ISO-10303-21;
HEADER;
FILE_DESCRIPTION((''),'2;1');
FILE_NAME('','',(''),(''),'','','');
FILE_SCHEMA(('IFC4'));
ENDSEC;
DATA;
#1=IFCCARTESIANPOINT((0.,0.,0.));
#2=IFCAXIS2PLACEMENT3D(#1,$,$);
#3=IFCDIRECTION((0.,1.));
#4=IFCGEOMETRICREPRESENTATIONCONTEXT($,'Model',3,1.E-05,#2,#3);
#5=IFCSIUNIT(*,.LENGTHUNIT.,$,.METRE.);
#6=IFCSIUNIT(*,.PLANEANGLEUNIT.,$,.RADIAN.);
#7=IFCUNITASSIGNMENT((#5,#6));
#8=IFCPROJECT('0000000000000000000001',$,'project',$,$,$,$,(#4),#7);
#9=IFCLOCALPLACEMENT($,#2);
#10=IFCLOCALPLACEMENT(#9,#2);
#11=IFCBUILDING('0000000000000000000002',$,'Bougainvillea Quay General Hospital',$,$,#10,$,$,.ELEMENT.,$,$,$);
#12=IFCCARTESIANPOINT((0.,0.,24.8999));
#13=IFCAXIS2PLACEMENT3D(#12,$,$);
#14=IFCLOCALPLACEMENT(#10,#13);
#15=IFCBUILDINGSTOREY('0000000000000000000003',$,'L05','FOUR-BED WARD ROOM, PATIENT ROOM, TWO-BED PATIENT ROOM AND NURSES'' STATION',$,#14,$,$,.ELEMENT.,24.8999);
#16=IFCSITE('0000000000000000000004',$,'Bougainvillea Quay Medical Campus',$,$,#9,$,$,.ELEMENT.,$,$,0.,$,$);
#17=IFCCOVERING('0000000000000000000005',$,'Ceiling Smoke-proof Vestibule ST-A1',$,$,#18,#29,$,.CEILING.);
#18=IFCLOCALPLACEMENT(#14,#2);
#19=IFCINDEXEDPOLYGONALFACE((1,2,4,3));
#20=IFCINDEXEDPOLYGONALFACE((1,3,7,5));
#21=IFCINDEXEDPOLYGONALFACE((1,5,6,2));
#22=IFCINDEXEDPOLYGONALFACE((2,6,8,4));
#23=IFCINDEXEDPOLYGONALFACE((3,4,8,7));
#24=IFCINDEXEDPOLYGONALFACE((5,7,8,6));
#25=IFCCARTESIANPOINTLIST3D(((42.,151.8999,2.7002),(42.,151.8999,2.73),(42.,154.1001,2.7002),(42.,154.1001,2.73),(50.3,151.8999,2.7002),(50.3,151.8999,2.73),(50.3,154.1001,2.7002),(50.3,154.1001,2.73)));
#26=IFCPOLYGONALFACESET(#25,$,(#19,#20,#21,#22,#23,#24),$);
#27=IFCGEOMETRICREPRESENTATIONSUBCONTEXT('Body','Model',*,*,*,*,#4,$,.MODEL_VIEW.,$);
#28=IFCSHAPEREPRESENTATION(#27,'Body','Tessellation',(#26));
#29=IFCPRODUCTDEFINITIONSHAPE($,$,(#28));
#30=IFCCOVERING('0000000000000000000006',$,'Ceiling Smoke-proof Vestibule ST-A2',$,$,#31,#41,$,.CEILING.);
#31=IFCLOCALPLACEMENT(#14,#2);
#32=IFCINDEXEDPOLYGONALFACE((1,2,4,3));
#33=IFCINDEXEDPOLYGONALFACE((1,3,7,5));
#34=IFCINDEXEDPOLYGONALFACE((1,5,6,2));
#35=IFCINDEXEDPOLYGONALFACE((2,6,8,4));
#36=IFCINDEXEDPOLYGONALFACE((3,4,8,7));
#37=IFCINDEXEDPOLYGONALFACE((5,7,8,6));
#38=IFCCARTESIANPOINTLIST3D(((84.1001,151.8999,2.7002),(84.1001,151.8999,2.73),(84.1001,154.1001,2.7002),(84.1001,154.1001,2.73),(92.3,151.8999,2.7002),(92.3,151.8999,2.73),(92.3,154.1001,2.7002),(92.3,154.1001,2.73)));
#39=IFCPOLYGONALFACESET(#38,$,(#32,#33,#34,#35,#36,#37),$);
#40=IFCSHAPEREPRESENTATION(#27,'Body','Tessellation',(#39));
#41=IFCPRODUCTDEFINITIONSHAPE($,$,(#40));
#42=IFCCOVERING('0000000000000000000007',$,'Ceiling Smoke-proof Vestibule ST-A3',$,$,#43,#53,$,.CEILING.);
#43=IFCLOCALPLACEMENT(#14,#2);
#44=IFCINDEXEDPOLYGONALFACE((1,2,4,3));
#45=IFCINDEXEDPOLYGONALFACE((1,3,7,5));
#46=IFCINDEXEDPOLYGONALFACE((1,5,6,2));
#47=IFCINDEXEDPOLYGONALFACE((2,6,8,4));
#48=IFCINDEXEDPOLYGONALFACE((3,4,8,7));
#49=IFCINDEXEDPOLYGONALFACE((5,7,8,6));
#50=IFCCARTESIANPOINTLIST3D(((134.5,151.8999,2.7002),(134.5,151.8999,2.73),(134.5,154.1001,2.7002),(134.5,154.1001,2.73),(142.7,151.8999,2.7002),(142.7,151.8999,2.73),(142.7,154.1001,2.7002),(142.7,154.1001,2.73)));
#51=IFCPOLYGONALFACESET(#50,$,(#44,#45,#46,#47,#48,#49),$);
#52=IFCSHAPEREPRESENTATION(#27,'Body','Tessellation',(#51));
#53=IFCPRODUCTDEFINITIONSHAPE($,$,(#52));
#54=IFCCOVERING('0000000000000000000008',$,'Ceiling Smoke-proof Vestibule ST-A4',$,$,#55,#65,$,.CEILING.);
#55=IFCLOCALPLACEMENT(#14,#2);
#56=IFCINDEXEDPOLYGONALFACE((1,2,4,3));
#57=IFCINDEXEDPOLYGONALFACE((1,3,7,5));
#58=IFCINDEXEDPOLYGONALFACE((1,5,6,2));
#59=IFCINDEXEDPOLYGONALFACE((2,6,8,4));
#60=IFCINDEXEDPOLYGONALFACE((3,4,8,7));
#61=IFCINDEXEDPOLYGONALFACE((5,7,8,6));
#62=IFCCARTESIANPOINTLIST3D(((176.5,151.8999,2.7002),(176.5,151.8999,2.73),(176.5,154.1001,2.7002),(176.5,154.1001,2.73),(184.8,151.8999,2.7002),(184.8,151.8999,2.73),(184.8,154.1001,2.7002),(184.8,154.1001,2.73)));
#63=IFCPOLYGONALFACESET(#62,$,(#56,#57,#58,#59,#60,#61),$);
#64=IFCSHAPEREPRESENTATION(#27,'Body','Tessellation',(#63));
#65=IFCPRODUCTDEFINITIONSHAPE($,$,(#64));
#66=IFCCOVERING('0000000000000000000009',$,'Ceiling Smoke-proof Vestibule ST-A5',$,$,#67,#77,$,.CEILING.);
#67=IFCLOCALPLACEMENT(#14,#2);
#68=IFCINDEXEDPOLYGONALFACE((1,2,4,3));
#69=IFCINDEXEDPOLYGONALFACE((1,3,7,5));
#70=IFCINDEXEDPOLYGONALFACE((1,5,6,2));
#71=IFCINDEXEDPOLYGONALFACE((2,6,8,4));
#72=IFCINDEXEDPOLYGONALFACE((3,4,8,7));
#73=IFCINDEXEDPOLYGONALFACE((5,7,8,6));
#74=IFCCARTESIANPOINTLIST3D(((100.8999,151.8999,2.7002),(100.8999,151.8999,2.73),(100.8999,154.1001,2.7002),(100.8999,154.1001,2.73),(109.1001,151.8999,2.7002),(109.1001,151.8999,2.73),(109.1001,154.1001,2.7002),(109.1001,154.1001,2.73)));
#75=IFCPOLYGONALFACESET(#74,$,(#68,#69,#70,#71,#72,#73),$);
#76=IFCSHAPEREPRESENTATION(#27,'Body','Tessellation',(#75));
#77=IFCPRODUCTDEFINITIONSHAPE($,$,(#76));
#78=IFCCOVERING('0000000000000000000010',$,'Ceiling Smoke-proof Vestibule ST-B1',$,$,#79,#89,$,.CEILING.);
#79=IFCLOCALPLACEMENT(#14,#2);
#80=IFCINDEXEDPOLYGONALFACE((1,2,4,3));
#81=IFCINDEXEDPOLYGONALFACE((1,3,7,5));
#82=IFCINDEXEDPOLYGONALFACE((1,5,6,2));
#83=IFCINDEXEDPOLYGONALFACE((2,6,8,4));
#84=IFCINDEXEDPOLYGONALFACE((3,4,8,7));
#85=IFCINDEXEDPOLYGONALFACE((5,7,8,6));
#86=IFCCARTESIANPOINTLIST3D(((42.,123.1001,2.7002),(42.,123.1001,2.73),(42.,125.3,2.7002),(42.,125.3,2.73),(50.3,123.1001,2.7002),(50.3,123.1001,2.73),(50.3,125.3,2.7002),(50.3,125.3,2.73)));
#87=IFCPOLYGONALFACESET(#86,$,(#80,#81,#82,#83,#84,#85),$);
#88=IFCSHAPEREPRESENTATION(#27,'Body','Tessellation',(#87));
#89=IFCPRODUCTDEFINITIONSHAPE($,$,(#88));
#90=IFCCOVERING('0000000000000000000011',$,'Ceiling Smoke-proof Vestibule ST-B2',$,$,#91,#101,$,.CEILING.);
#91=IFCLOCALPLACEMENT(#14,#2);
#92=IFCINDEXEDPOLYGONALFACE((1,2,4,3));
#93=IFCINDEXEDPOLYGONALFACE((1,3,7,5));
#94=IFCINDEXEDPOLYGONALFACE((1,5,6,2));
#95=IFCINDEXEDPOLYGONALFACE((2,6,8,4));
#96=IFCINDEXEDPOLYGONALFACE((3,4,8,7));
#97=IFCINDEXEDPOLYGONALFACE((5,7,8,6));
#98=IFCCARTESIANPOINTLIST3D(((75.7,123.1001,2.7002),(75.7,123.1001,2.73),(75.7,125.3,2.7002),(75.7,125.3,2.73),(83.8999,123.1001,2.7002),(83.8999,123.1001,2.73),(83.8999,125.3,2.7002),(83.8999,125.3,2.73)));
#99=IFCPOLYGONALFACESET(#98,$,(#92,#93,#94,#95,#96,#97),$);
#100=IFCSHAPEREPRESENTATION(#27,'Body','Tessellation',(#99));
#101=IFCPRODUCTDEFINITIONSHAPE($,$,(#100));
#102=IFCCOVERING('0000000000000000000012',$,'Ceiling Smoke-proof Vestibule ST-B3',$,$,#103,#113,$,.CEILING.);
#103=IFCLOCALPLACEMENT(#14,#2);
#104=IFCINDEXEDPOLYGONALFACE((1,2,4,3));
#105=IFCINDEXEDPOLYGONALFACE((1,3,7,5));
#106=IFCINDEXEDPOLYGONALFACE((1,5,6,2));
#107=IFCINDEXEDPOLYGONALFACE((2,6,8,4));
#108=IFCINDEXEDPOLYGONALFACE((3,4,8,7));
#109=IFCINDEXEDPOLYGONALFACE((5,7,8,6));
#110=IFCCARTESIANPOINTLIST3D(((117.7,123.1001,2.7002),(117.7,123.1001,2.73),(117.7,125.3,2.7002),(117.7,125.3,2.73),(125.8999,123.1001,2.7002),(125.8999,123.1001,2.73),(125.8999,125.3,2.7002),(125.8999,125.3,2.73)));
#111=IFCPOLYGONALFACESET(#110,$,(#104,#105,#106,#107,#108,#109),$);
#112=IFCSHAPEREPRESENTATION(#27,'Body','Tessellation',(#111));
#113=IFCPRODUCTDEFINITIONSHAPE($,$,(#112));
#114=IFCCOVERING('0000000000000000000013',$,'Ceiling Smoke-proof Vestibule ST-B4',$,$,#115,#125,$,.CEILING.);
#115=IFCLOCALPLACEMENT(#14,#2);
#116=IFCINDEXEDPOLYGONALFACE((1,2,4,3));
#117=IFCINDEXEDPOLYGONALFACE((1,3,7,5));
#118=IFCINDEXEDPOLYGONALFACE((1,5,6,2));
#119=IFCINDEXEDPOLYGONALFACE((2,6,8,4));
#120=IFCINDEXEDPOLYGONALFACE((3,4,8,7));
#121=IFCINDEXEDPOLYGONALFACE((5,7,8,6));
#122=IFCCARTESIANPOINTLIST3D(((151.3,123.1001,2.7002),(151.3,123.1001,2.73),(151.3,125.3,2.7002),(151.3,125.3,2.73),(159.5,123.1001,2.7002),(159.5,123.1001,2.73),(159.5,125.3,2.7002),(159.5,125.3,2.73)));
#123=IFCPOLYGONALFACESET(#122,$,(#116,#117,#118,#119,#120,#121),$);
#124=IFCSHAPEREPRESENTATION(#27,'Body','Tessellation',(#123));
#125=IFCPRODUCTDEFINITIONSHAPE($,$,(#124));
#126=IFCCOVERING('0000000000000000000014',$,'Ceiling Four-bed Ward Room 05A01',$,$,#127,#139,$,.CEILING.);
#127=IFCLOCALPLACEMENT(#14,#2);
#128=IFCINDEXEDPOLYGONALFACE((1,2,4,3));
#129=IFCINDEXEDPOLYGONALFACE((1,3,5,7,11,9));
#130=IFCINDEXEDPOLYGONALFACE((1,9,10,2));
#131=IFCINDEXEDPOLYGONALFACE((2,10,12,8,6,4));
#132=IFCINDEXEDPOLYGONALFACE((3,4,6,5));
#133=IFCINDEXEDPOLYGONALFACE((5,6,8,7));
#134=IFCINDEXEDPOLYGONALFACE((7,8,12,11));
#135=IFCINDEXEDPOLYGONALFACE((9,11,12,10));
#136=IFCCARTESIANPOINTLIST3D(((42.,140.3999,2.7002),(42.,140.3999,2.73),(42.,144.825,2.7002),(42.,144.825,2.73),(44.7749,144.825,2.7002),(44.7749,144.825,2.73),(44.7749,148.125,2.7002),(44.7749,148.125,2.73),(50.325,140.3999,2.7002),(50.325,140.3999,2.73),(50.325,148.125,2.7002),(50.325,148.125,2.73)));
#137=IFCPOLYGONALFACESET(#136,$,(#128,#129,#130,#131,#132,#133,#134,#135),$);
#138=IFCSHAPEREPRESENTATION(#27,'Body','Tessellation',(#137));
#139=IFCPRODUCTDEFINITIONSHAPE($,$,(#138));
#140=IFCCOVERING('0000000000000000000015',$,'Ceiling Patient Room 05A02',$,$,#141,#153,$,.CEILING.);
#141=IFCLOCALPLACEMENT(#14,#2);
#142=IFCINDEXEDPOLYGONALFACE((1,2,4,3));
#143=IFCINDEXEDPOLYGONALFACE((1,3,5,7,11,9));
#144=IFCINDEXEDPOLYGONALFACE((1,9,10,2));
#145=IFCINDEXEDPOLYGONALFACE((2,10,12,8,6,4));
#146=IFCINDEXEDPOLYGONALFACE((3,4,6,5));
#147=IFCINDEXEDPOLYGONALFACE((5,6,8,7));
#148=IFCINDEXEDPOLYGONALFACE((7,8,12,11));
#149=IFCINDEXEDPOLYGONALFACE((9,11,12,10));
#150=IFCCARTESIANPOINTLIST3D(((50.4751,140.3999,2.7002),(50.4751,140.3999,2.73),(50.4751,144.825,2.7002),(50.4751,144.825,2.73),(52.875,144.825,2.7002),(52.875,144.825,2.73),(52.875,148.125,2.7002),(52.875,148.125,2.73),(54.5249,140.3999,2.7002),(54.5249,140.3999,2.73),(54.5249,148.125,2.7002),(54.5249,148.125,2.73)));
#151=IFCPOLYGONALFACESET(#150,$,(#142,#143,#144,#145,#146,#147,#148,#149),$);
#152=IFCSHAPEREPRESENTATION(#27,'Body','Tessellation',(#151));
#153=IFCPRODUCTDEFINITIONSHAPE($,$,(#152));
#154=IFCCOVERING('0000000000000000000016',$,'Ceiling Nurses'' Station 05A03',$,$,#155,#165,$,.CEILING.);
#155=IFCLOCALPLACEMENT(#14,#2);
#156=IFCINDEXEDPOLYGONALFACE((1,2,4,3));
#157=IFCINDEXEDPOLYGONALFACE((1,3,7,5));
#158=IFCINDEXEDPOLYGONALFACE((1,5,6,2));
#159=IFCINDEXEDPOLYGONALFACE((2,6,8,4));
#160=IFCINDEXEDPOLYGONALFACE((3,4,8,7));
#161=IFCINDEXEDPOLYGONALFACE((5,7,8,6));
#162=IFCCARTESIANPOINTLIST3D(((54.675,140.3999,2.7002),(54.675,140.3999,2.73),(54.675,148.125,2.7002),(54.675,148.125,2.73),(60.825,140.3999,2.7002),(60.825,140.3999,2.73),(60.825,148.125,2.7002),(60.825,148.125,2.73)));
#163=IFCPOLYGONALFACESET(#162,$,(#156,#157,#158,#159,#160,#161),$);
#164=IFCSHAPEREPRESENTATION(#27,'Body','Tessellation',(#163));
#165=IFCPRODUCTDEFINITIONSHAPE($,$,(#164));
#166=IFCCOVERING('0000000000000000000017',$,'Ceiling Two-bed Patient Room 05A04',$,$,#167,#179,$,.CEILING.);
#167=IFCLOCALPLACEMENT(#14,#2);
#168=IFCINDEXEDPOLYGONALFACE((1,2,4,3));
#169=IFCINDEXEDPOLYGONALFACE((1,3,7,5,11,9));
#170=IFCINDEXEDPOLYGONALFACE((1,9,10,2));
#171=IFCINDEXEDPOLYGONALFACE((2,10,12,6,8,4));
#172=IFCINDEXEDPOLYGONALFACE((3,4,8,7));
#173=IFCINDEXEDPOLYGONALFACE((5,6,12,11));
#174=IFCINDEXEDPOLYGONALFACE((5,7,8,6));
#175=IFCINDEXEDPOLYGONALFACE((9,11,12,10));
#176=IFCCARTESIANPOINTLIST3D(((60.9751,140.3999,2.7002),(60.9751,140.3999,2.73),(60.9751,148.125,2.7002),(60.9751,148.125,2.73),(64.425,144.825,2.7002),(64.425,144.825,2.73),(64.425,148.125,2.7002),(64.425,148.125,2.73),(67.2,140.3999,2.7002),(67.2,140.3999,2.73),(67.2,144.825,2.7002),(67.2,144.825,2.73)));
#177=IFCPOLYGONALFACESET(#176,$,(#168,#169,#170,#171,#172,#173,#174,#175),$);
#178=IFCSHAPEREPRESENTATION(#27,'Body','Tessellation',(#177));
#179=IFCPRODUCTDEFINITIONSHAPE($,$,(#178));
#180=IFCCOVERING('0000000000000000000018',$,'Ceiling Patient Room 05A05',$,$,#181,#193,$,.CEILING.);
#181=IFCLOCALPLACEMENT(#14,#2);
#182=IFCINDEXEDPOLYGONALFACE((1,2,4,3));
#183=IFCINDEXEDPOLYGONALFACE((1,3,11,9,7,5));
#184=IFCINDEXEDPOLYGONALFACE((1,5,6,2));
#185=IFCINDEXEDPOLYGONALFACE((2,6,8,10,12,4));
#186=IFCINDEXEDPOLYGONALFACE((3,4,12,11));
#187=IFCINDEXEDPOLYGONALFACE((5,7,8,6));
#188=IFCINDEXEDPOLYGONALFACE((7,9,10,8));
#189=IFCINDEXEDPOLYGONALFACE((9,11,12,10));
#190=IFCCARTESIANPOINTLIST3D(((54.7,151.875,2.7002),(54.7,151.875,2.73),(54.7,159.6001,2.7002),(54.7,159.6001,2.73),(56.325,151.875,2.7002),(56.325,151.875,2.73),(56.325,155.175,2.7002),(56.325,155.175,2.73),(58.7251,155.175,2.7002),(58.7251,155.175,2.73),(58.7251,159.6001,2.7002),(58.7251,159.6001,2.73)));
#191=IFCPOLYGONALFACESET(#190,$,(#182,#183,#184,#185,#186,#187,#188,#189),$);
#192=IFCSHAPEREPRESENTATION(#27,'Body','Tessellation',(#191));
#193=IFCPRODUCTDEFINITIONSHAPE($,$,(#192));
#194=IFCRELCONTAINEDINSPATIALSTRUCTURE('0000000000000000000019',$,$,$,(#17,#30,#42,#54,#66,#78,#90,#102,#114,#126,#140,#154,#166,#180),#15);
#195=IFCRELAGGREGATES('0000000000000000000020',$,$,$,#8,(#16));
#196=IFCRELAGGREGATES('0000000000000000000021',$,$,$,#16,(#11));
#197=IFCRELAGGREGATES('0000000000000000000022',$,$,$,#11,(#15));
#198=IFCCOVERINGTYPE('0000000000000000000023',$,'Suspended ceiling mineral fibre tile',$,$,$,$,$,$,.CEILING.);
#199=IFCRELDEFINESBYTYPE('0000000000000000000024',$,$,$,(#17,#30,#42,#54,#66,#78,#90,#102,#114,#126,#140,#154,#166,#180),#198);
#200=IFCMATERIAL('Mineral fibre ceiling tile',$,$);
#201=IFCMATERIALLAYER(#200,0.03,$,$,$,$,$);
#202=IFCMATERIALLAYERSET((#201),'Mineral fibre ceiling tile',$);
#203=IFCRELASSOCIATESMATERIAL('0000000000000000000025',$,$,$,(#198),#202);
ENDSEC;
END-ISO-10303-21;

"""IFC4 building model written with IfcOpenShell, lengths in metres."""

from ifc_helpers import new_model, si_unit, direction, frame, origin, place, context, subcontext, project, spatial, polyline, outline, extrude, material, layer, layer_set, type_object, element, save


model = new_model("IFC4")

# Units and contexts
model_context = context("Model", 3, precision=1e-05, world=origin(), true_north=direction((0.0, 1.0)))
body_context = subcontext(model_context, "Body", "Model", "MODEL_VIEW")
ifc_project = project(units=[si_unit("LENGTHUNIT", "METRE"), si_unit("PLANEANGLEUNIT", "RADIAN")], contexts=[model_context])

# Site, building, storey
site_placement = place(None, origin())
site = spatial("IfcSite", under=ifc_project, at=site_placement, Name="Bougainvillea Quay Medical Campus", CompositionType="ELEMENT", RefElevation=0.0)
building_placement = place(site_placement, origin())
building = spatial("IfcBuilding", under=site, at=building_placement, Name="Bougainvillea Quay General Hospital", CompositionType="ELEMENT")
storey_placement = place(building_placement, frame((0.0, 0.0, 24.8999)))
storey = spatial("IfcBuildingStorey", under=building, at=storey_placement, Name="L05", Description="FOUR-BED WARD ROOM, PATIENT ROOM, TWO-BED PATIENT ROOM AND NURSES' STATION", CompositionType="ELEMENT", Elevation=24.8999)

# Coverings
ifc_material = material(Name="Mineral fibre ceiling tile")
ifc_layer = layer(ifc_material, 0.03)
ifc_layer_set = layer_set([ifc_layer], Name="Mineral fibre ceiling tile")
covering_type = type_object("IfcCoveringType", Name="Suspended ceiling mineral fibre tile", PredefinedType="CEILING", material=ifc_layer_set)
covering_1_placement = place(storey_placement, frame((0.0, 0.0, 2.7002)))
element("IfcCovering", 1, at=covering_1_placement, inside=storey, type_object=covering_type, Name="Ceiling Smoke-proof Vestibule ST-A1", PredefinedType="CEILING", context=body_context, shape_type="SweptSolid", body=[
    extrude(outline(polyline([(42.0, 151.8999), (50.3, 151.8999), (50.3, 154.1001), (42.0, 154.1001), (42.0, 151.8999)])), origin(), (0.0, 0.0, 1.0), 0.0298),
])
covering_2_placement = place(storey_placement, frame((0.0, 0.0, 2.7002)))
element("IfcCovering", 2, at=covering_2_placement, inside=storey, type_object=covering_type, Name="Ceiling Smoke-proof Vestibule ST-A2", PredefinedType="CEILING", context=body_context, shape_type="SweptSolid", body=[
    extrude(outline(polyline([(84.1001, 154.1001), (84.1001, 151.8999), (92.3, 151.8999), (92.3, 154.1001), (84.1001, 154.1001)])), origin(), (0.0, 0.0, 1.0), 0.0298),
])
covering_3_placement = place(storey_placement, frame((0.0, 0.0, 2.7002)))
element("IfcCovering", 3, at=covering_3_placement, inside=storey, type_object=covering_type, Name="Ceiling Smoke-proof Vestibule ST-A3", PredefinedType="CEILING", context=body_context, shape_type="SweptSolid", body=[
    extrude(outline(polyline([(134.5, 151.8999), (142.7, 151.8999), (142.7, 154.1001), (134.5, 154.1001), (134.5, 151.8999)])), origin(), (0.0, 0.0, 1.0), 0.0298),
])
covering_4_placement = place(storey_placement, frame((0.0, 0.0, 2.7002)))
element("IfcCovering", 4, at=covering_4_placement, inside=storey, type_object=covering_type, Name="Ceiling Smoke-proof Vestibule ST-A4", PredefinedType="CEILING", context=body_context, shape_type="SweptSolid", body=[
    extrude(outline(polyline([(184.8, 154.1001), (176.5, 154.1001), (176.5, 151.8999), (184.8, 151.8999), (184.8, 154.1001)])), origin(), (0.0, 0.0, 1.0), 0.0298),
])
covering_5_placement = place(storey_placement, frame((0.0, 0.0, 2.7002)))
element("IfcCovering", 5, at=covering_5_placement, inside=storey, type_object=covering_type, Name="Ceiling Smoke-proof Vestibule ST-A5", PredefinedType="CEILING", context=body_context, shape_type="SweptSolid", body=[
    extrude(outline(polyline([(109.1001, 151.8999), (109.1001, 154.1001), (100.8999, 154.1001), (100.8999, 151.8999), (109.1001, 151.8999)])), origin(), (0.0, 0.0, 1.0), 0.0298),
])
covering_6_placement = place(storey_placement, frame((0.0, 0.0, 2.7002)))
element("IfcCovering", 6, at=covering_6_placement, inside=storey, type_object=covering_type, Name="Ceiling Smoke-proof Vestibule ST-B1", PredefinedType="CEILING", context=body_context, shape_type="SweptSolid", body=[
    extrude(outline(polyline([(42.0, 123.1001), (50.3, 123.1001), (50.3, 125.3), (42.0, 125.3), (42.0, 123.1001)])), origin(), (0.0, 0.0, 1.0), 0.0298),
])
covering_7_placement = place(storey_placement, frame((0.0, 0.0, 2.7002)))
element("IfcCovering", 7, at=covering_7_placement, inside=storey, type_object=covering_type, Name="Ceiling Smoke-proof Vestibule ST-B2", PredefinedType="CEILING", context=body_context, shape_type="SweptSolid", body=[
    extrude(outline(polyline([(83.8999, 123.1001), (83.8999, 125.3), (75.7, 125.3), (75.7, 123.1001), (83.8999, 123.1001)])), origin(), (0.0, 0.0, 1.0), 0.0298),
])
covering_8_placement = place(storey_placement, frame((0.0, 0.0, 2.7002)))
element("IfcCovering", 8, at=covering_8_placement, inside=storey, type_object=covering_type, Name="Ceiling Smoke-proof Vestibule ST-B3", PredefinedType="CEILING", context=body_context, shape_type="SweptSolid", body=[
    extrude(outline(polyline([(125.8999, 123.1001), (125.8999, 125.3), (117.7, 125.3), (117.7, 123.1001), (125.8999, 123.1001)])), origin(), (0.0, 0.0, 1.0), 0.0298),
])
covering_9_placement = place(storey_placement, frame((0.0, 0.0, 2.7002)))
element("IfcCovering", 9, at=covering_9_placement, inside=storey, type_object=covering_type, Name="Ceiling Smoke-proof Vestibule ST-B4", PredefinedType="CEILING", context=body_context, shape_type="SweptSolid", body=[
    extrude(outline(polyline([(159.5, 123.1001), (159.5, 125.3), (151.3, 125.3), (151.3, 123.1001), (159.5, 123.1001)])), origin(), (0.0, 0.0, 1.0), 0.0298),
])
covering_10_placement = place(storey_placement, frame((0.0, 0.0, 2.7002)))
element("IfcCovering", 10, at=covering_10_placement, inside=storey, type_object=covering_type, Name="Ceiling Four-bed Ward Room 05A01", PredefinedType="CEILING", context=body_context, shape_type="SweptSolid", body=[
    extrude(outline(polyline([(50.325, 140.3999), (50.325, 148.125), (44.7749, 148.125), (44.7749, 144.825), (42.0, 144.825), (42.0, 140.3999), (50.325, 140.3999)])), origin(), (0.0, 0.0, 1.0), 0.0298),
])
covering_11_placement = place(storey_placement, frame((0.0, 0.0, 2.7002)))
element("IfcCovering", 11, at=covering_11_placement, inside=storey, type_object=covering_type, Name="Ceiling Patient Room 05A02", PredefinedType="CEILING", context=body_context, shape_type="SweptSolid", body=[
    extrude(outline(polyline([(54.5249, 140.3999), (54.5249, 148.125), (52.875, 148.125), (52.875, 144.825), (50.4751, 144.825), (50.4751, 140.3999), (54.5249, 140.3999)])), origin(), (0.0, 0.0, 1.0), 0.0298),
])
covering_12_placement = place(storey_placement, frame((0.0, 0.0, 2.7002)))
element("IfcCovering", 12, at=covering_12_placement, inside=storey, type_object=covering_type, Name="Ceiling Nurses' Station 05A03", PredefinedType="CEILING", context=body_context, shape_type="SweptSolid", body=[
    extrude(outline(polyline([(60.825, 140.3999), (60.825, 148.125), (54.675, 148.125), (54.675, 140.3999), (60.825, 140.3999)])), origin(), (0.0, 0.0, 1.0), 0.0298),
])
covering_13_placement = place(storey_placement, frame((0.0, 0.0, 2.7002)))
element("IfcCovering", 13, at=covering_13_placement, inside=storey, type_object=covering_type, Name="Ceiling Two-bed Patient Room 05A04", PredefinedType="CEILING", context=body_context, shape_type="SweptSolid", body=[
    extrude(outline(polyline([(67.2, 140.3999), (67.2, 144.825), (64.425, 144.825), (64.425, 148.125), (60.9751, 148.125), (60.9751, 140.3999), (67.2, 140.3999)])), origin(), (0.0, 0.0, 1.0), 0.0298),
])
covering_14_placement = place(storey_placement, frame((0.0, 0.0, 2.7002)))
element("IfcCovering", 14, at=covering_14_placement, inside=storey, type_object=covering_type, Name="Ceiling Patient Room 05A05", PredefinedType="CEILING", context=body_context, shape_type="SweptSolid", body=[
    extrude(outline(polyline([(54.7, 159.6001), (54.7, 151.875), (56.325, 151.875), (56.325, 155.175), (58.7251, 155.175), (58.7251, 159.6001), (54.7, 159.6001)])), origin(), (0.0, 0.0, 1.0), 0.0298),
])

save(model, "model.ifc")
